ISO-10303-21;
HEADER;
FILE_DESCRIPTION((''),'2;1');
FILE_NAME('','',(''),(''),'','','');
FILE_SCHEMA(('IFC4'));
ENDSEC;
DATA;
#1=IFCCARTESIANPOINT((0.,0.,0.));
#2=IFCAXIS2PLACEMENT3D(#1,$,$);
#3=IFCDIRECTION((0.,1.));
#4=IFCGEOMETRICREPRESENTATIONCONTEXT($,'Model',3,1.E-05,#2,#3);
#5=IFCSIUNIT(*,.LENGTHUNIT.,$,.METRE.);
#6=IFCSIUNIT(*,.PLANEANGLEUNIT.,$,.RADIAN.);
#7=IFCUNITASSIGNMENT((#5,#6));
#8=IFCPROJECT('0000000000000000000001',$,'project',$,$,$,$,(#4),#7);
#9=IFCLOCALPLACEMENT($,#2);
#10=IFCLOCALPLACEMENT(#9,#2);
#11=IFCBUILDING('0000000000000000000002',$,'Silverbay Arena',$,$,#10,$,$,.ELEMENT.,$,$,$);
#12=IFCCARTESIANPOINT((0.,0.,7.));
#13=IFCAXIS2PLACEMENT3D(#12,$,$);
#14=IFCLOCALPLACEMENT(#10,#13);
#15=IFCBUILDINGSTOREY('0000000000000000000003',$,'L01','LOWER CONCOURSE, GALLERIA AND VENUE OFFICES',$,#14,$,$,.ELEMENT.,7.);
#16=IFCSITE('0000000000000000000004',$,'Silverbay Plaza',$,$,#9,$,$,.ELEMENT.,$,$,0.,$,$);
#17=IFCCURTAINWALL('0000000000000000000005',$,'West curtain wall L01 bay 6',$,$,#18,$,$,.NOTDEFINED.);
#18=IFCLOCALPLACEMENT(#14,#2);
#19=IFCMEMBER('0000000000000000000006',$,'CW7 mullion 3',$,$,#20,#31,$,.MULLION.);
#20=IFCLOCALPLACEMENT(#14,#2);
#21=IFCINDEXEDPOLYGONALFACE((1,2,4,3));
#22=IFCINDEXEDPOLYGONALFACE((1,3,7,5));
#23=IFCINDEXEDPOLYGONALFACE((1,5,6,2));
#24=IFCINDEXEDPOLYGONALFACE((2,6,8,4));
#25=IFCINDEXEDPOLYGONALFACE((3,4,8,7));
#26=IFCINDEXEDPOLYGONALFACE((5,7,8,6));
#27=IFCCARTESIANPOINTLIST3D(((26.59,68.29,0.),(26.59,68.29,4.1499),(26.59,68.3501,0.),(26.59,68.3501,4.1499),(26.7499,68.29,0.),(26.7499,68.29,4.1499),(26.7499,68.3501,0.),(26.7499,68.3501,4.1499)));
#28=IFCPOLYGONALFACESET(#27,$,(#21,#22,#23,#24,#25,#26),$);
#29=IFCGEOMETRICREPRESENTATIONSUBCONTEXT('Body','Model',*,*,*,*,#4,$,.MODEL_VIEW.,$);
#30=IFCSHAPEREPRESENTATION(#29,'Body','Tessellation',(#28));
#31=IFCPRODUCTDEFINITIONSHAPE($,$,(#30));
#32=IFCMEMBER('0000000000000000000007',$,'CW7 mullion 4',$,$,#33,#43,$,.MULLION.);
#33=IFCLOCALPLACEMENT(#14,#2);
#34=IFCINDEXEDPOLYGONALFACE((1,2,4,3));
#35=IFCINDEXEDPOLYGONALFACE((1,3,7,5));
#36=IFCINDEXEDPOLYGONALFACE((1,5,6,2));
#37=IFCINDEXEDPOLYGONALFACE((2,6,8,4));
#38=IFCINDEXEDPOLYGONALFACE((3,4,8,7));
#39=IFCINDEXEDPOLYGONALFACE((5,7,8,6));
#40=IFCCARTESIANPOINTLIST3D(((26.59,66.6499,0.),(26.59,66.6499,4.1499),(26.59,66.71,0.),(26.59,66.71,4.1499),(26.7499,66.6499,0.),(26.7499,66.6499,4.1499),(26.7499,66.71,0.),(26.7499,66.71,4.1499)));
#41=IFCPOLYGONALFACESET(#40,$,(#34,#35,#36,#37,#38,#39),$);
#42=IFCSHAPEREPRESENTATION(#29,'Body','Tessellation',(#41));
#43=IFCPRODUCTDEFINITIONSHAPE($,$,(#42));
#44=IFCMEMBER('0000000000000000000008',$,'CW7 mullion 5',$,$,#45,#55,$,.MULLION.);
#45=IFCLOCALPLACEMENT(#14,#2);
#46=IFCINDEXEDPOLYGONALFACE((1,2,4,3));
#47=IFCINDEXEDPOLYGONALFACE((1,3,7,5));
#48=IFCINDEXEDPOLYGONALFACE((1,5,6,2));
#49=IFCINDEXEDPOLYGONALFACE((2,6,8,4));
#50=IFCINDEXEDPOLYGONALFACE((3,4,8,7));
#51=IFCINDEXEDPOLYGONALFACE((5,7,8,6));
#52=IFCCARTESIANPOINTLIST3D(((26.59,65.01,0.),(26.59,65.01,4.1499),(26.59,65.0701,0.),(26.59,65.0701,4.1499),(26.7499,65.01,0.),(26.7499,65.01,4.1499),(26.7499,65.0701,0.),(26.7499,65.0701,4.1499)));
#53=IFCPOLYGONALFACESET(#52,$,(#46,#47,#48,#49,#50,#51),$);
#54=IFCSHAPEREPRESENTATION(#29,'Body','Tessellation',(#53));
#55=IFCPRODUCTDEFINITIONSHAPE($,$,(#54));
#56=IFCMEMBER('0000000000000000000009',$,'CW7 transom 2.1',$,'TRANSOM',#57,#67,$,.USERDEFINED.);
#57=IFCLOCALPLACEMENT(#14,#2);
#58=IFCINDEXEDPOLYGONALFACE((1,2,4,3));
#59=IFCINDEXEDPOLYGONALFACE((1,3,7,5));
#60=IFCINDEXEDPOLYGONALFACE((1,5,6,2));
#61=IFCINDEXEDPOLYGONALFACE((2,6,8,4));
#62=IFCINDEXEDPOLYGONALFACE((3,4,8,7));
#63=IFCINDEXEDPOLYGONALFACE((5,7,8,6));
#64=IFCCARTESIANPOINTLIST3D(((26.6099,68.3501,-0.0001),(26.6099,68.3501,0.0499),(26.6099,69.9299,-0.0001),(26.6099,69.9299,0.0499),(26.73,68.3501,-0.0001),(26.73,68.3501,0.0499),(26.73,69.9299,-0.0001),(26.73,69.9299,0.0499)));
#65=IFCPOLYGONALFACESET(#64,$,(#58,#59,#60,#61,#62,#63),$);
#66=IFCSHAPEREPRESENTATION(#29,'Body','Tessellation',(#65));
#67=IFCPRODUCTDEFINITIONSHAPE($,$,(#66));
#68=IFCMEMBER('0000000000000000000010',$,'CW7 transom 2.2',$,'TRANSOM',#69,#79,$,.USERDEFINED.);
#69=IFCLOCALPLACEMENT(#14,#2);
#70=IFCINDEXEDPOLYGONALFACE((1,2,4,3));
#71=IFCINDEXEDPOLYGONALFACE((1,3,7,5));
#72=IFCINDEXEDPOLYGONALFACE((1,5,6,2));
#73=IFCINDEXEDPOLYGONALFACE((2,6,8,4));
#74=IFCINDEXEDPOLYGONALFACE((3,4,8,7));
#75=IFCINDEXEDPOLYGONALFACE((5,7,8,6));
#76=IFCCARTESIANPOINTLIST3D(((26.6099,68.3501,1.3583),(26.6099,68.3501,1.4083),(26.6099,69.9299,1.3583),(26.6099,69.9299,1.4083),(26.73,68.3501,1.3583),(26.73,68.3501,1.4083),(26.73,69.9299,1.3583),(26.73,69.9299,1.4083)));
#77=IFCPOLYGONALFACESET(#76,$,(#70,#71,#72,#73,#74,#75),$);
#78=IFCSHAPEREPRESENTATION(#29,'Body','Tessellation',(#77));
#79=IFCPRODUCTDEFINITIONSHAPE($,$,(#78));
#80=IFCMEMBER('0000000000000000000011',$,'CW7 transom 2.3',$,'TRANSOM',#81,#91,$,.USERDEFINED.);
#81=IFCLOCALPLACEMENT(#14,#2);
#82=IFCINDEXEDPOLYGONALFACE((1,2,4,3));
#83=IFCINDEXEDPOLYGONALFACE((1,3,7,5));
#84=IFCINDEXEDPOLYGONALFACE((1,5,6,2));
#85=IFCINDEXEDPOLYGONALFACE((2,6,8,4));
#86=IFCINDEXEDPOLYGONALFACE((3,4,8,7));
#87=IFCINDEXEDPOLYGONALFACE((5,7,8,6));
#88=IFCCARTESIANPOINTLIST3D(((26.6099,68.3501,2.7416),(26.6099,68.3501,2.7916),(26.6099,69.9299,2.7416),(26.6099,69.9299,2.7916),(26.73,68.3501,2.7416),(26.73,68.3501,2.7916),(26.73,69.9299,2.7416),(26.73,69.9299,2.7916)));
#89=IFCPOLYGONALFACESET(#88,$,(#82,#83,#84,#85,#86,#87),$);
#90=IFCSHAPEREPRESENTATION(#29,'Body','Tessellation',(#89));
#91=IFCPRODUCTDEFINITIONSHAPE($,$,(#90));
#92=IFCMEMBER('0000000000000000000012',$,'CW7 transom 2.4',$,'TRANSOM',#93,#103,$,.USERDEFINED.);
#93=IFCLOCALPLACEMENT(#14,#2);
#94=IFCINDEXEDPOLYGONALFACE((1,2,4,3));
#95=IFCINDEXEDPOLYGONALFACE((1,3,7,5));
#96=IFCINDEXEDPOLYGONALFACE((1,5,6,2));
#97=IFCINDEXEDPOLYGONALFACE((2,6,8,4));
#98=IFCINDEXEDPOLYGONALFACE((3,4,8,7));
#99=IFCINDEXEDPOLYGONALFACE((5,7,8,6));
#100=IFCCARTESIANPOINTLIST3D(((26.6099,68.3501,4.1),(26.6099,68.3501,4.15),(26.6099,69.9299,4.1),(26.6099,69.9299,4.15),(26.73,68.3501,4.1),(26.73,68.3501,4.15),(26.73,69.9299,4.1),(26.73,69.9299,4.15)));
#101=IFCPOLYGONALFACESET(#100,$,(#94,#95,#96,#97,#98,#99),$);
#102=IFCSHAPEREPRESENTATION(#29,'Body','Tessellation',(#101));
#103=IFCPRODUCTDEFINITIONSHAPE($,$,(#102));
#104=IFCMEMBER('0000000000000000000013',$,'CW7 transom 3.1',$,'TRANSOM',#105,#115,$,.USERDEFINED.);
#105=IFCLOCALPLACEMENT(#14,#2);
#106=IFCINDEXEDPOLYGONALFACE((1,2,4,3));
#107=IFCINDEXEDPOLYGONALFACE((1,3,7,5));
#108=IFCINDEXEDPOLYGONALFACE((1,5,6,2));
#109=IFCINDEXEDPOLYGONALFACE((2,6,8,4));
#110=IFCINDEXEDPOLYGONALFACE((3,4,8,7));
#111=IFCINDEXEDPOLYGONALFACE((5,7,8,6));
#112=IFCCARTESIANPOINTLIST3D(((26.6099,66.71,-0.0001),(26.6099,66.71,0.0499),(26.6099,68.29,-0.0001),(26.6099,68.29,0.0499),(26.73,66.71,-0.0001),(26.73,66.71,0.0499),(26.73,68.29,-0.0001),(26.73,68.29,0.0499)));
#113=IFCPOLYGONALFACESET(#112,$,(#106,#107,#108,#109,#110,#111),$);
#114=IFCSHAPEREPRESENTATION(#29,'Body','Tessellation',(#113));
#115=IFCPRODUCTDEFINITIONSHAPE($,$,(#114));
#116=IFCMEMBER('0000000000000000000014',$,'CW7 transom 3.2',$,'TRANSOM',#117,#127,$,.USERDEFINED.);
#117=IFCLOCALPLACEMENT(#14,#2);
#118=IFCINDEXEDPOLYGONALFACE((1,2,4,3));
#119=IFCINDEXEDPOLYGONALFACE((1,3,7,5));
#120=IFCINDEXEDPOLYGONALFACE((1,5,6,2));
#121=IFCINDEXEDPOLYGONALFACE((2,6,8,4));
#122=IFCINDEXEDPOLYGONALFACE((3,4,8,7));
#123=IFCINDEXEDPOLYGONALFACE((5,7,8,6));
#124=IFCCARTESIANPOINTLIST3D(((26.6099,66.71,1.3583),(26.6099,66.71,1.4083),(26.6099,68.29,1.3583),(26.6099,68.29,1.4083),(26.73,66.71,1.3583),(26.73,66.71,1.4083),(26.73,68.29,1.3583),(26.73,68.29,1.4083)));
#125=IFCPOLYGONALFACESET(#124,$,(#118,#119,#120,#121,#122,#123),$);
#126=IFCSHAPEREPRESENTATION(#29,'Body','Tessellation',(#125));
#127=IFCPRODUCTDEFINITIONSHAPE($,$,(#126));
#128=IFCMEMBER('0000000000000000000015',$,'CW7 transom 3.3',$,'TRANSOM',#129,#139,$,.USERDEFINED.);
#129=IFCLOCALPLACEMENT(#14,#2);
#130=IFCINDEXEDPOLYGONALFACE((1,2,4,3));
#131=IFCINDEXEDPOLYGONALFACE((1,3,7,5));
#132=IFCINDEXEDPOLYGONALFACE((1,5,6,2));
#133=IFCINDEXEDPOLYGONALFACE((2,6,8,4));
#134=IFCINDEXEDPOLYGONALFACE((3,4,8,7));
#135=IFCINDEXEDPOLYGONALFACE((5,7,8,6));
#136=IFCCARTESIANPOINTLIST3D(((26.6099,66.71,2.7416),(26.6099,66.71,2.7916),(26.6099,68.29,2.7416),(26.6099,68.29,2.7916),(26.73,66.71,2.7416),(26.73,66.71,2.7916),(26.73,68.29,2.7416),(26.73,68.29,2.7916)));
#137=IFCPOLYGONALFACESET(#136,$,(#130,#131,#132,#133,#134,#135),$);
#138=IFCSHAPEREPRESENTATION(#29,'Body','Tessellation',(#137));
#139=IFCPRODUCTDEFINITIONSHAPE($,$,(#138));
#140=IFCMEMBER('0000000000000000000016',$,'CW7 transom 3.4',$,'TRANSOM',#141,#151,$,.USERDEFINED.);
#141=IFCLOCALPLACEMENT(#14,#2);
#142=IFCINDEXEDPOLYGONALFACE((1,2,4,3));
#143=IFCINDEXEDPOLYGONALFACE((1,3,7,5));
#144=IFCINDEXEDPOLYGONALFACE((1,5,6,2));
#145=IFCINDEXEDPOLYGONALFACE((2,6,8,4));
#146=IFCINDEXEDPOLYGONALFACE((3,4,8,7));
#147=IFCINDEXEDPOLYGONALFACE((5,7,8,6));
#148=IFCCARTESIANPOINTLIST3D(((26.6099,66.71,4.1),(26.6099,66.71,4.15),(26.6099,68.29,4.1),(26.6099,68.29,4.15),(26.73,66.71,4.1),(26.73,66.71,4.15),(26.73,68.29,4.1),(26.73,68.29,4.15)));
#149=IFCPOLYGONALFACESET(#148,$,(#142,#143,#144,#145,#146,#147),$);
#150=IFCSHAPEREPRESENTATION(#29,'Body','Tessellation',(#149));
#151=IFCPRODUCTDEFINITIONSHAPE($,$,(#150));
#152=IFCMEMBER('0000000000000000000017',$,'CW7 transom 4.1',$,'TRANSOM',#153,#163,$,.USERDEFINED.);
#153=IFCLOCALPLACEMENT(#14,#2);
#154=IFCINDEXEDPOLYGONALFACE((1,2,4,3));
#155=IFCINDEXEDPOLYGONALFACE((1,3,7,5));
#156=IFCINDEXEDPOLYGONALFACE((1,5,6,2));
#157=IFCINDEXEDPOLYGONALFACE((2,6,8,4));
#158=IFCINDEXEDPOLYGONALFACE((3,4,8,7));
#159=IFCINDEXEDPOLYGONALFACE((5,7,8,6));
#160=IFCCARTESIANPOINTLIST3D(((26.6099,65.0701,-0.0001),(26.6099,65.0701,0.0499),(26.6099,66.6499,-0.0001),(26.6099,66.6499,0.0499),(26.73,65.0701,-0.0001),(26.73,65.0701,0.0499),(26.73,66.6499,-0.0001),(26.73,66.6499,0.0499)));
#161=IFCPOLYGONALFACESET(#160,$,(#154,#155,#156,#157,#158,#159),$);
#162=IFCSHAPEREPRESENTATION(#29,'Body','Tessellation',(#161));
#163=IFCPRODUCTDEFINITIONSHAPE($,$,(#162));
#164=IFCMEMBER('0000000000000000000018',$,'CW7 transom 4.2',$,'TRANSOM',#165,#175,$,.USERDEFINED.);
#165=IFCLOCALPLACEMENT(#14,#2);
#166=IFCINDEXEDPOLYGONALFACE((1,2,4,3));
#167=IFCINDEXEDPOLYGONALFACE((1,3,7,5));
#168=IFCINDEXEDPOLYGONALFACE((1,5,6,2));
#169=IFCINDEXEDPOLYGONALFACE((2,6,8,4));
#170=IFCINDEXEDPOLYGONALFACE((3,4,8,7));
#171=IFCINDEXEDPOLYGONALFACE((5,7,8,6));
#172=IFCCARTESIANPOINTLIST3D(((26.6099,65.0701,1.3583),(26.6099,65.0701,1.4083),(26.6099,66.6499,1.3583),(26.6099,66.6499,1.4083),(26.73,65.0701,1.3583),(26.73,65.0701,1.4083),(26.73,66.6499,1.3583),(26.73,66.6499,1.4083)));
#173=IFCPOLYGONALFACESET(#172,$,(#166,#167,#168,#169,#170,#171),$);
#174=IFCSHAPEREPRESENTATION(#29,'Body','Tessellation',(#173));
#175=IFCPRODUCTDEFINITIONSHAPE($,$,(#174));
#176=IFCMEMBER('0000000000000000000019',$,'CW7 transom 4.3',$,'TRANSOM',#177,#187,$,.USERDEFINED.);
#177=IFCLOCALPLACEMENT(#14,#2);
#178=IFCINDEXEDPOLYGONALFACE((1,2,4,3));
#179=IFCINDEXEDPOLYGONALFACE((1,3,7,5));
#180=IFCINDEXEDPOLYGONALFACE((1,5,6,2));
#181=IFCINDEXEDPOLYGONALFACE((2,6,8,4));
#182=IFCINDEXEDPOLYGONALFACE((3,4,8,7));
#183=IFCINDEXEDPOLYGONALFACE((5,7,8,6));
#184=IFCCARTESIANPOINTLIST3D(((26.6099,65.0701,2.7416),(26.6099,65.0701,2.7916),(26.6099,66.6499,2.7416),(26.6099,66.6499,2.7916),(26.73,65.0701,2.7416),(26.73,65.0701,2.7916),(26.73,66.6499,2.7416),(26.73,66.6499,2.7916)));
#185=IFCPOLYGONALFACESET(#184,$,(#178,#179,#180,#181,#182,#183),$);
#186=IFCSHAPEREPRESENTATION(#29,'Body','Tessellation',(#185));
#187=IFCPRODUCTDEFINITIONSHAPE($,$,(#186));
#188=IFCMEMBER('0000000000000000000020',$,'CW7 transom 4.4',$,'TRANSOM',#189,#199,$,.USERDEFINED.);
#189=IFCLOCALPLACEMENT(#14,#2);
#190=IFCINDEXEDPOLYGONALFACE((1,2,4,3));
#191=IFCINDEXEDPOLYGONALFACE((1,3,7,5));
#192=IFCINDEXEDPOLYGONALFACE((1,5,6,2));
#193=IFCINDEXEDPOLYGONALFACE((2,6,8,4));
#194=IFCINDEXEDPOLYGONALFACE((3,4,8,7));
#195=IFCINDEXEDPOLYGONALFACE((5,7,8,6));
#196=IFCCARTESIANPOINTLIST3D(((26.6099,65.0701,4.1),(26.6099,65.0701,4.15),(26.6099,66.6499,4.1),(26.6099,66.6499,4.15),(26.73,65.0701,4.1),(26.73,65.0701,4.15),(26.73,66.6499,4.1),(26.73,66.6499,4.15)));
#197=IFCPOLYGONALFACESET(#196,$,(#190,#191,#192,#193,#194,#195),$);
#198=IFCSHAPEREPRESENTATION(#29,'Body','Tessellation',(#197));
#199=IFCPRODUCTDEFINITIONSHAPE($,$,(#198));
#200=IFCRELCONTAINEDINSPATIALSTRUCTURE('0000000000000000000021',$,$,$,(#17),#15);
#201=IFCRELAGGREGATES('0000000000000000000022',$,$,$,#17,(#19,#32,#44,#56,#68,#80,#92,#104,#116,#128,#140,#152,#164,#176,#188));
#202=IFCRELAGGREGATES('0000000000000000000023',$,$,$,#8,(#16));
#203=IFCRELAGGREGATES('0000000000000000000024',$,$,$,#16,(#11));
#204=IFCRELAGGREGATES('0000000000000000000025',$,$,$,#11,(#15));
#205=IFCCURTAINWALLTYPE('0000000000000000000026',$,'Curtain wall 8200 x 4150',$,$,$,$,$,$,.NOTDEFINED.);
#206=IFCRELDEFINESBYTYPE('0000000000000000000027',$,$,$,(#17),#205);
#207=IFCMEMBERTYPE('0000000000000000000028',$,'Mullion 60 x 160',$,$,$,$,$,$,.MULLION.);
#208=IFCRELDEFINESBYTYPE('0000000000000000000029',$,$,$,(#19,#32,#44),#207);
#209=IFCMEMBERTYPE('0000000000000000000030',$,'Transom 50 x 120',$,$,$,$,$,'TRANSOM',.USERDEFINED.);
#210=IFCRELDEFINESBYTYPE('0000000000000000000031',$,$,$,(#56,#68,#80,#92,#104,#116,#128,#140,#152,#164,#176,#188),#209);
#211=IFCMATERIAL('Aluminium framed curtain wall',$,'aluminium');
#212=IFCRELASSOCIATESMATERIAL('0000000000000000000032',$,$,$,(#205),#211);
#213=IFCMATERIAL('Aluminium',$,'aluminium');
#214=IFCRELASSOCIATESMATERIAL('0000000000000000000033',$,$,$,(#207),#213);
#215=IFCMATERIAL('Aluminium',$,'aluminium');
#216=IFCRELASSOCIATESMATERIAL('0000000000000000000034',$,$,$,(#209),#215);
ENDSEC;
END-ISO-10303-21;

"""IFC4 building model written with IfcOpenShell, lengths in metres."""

from ifc_helpers import new_model, si_unit, direction, frame, origin, origin_2d, place, context, subcontext, project, spatial, rectangle, extrude, material, material_profile, profile_set, type_object, element, aggregate, save


model = new_model("IFC4")

# Units and contexts
model_context = context("Model", 3, precision=1e-05, world=origin(), true_north=direction((0.0, 1.0)))
body_context = subcontext(model_context, "Body", "Model", "MODEL_VIEW")
ifc_project = project(units=[si_unit("LENGTHUNIT", "METRE"), si_unit("PLANEANGLEUNIT", "RADIAN")], contexts=[model_context])

# Site, building, storey
site_placement = place(None, origin())
site = spatial("IfcSite", under=ifc_project, at=site_placement, Name="Silverbay Plaza", CompositionType="ELEMENT", RefElevation=0.0)
building_placement = place(site_placement, origin())
building = spatial("IfcBuilding", under=site, at=building_placement, Name="Silverbay Arena", CompositionType="ELEMENT")
storey_placement = place(building_placement, frame((0.0, 0.0, 7.0)))
storey = spatial("IfcBuildingStorey", under=building, at=storey_placement, Name="L01", Description="LOWER CONCOURSE, GALLERIA AND VENUE OFFICES", CompositionType="ELEMENT", Elevation=7.0)

# Curtain wall, members
ifc_material_1 = material(Name="Aluminium framed curtain wall", Category="aluminium")
curtain_wall_type = type_object("IfcCurtainWallType", Name="Curtain wall 8200 x 4150", PredefinedType="NOTDEFINED", material=ifc_material_1)
curtain_wall_placement = place(storey_placement, origin())
curtain_wall = element("IfcCurtainWall", 1, at=curtain_wall_placement, inside=storey, type_object=curtain_wall_type, Name="West curtain wall L01 bay 6", PredefinedType="NOTDEFINED")
ifc_material_2 = material(Name="Aluminium", Category="aluminium")
ifc_material_profile_1 = material_profile(ifc_material_2, rectangle(XDim=0.1599, YDim=0.0601, at=origin_2d()), Name="Mullion 60 x 160")
ifc_profile_set_1 = profile_set([ifc_material_profile_1], Name="Aluminium")
member_type_1 = type_object("IfcMemberType", Name="Mullion 60 x 160", PredefinedType="MULLION", material=ifc_profile_set_1)
member_1_placement = place(storey_placement, frame((26.6699, 68.3201, 0.0), z_axis=(0.0, 0.0, 1.0), x_axis=(1.0, 0.0, 0.0)))
member_1 = element("IfcMember", 2, at=member_1_placement, type_object=member_type_1, Name="CW7 mullion 3", PredefinedType="MULLION", context=body_context, shape_type="SweptSolid", body=[
    extrude(rectangle(XDim=0.1599, YDim=0.0601, at=origin_2d()), origin(), (0.0, 0.0, 1.0), 4.1499),
])
member_2_placement = place(storey_placement, frame((26.6699, 66.6799, 0.0), z_axis=(0.0, 0.0, 1.0), x_axis=(1.0, 0.0, 0.0)))
member_2 = element("IfcMember", 3, at=member_2_placement, type_object=member_type_1, Name="CW7 mullion 4", PredefinedType="MULLION", context=body_context, shape_type="SweptSolid", body=[
    extrude(rectangle(XDim=0.1599, YDim=0.0601, at=origin_2d()), origin(), (0.0, 0.0, 1.0), 4.1499),
])
member_3_placement = place(storey_placement, frame((26.6699, 65.04, 0.0), z_axis=(0.0, 0.0, 1.0), x_axis=(1.0, 0.0, 0.0)))
member_3 = element("IfcMember", 4, at=member_3_placement, type_object=member_type_1, Name="CW7 mullion 5", PredefinedType="MULLION", context=body_context, shape_type="SweptSolid", body=[
    extrude(rectangle(XDim=0.1599, YDim=0.0601, at=origin_2d()), origin(), (0.0, 0.0, 1.0), 4.1499),
])
ifc_material_3 = material(Name="Aluminium", Category="aluminium")
ifc_material_profile_2 = material_profile(ifc_material_3, rectangle(XDim=0.1201, YDim=0.05, at=origin_2d()), Name="Transom 50 x 120")
ifc_profile_set_2 = profile_set([ifc_material_profile_2], Name="Aluminium")
member_type_2 = type_object("IfcMemberType", Name="Transom 50 x 120", ElementType="TRANSOM", PredefinedType="USERDEFINED", material=ifc_profile_set_2)
member_4_placement = place(storey_placement, frame((26.6699, 69.9299, 0.0249), z_axis=(0.0, -1.0, 0.0), x_axis=(1.0, 0.0, 0.0)))
member_4 = element("IfcMember", 5, at=member_4_placement, type_object=member_type_2, Name="CW7 transom 2.1", ObjectType="TRANSOM", PredefinedType="USERDEFINED", context=body_context, shape_type="SweptSolid", body=[
    extrude(rectangle(XDim=0.1201, YDim=0.05, at=origin_2d()), origin(), (0.0, 0.0, 1.0), 1.5798),
])
member_5_placement = place(storey_placement, frame((26.6699, 69.9299, 1.3833), z_axis=(0.0, -1.0, 0.0), x_axis=(1.0, 0.0, 0.0)))
member_5 = element("IfcMember", 6, at=member_5_placement, type_object=member_type_2, Name="CW7 transom 2.2", ObjectType="TRANSOM", PredefinedType="USERDEFINED", context=body_context, shape_type="SweptSolid", body=[
    extrude(rectangle(XDim=0.1201, YDim=0.05, at=origin_2d()), origin(), (0.0, 0.0, 1.0), 1.5798),
])
member_6_placement = place(storey_placement, frame((26.6699, 69.9299, 2.7666), z_axis=(0.0, -1.0, 0.0), x_axis=(1.0, 0.0, 0.0)))
member_6 = element("IfcMember", 7, at=member_6_placement, type_object=member_type_2, Name="CW7 transom 2.3", ObjectType="TRANSOM", PredefinedType="USERDEFINED", context=body_context, shape_type="SweptSolid", body=[
    extrude(rectangle(XDim=0.1201, YDim=0.05, at=origin_2d()), origin(), (0.0, 0.0, 1.0), 1.5798),
])
member_7_placement = place(storey_placement, frame((26.6699, 69.9299, 4.125), z_axis=(0.0, -1.0, 0.0), x_axis=(1.0, 0.0, 0.0)))
member_7 = element("IfcMember", 8, at=member_7_placement, type_object=member_type_2, Name="CW7 transom 2.4", ObjectType="TRANSOM", PredefinedType="USERDEFINED", context=body_context, shape_type="SweptSolid", body=[
    extrude(rectangle(XDim=0.1201, YDim=0.05, at=origin_2d()), origin(), (0.0, 0.0, 1.0), 1.5798),
])
member_8_placement = place(storey_placement, frame((26.6699, 68.29, 0.0249), z_axis=(0.0, -1.0, 0.0), x_axis=(1.0, 0.0, 0.0)))
member_8 = element("IfcMember", 9, at=member_8_placement, type_object=member_type_2, Name="CW7 transom 3.1", ObjectType="TRANSOM", PredefinedType="USERDEFINED", context=body_context, shape_type="SweptSolid", body=[
    extrude(rectangle(XDim=0.1201, YDim=0.05, at=origin_2d()), origin(), (0.0, 0.0, 1.0), 1.5801),
])
member_9_placement = place(storey_placement, frame((26.6699, 68.29, 1.3833), z_axis=(0.0, -1.0, 0.0), x_axis=(1.0, 0.0, 0.0)))
member_9 = element("IfcMember", 10, at=member_9_placement, type_object=member_type_2, Name="CW7 transom 3.2", ObjectType="TRANSOM", PredefinedType="USERDEFINED", context=body_context, shape_type="SweptSolid", body=[
    extrude(rectangle(XDim=0.1201, YDim=0.05, at=origin_2d()), origin(), (0.0, 0.0, 1.0), 1.5801),
])
member_10_placement = place(storey_placement, frame((26.6699, 68.29, 2.7666), z_axis=(0.0, -1.0, 0.0), x_axis=(1.0, 0.0, 0.0)))
member_10 = element("IfcMember", 11, at=member_10_placement, type_object=member_type_2, Name="CW7 transom 3.3", ObjectType="TRANSOM", PredefinedType="USERDEFINED", context=body_context, shape_type="SweptSolid", body=[
    extrude(rectangle(XDim=0.1201, YDim=0.05, at=origin_2d()), origin(), (0.0, 0.0, 1.0), 1.5801),
])
member_11_placement = place(storey_placement, frame((26.6699, 68.29, 4.125), z_axis=(0.0, -1.0, 0.0), x_axis=(1.0, 0.0, 0.0)))
member_11 = element("IfcMember", 12, at=member_11_placement, type_object=member_type_2, Name="CW7 transom 3.4", ObjectType="TRANSOM", PredefinedType="USERDEFINED", context=body_context, shape_type="SweptSolid", body=[
    extrude(rectangle(XDim=0.1201, YDim=0.05, at=origin_2d()), origin(), (0.0, 0.0, 1.0), 1.5801),
])
member_12_placement = place(storey_placement, frame((26.6699, 66.6499, 0.0249), z_axis=(0.0, -1.0, 0.0), x_axis=(1.0, 0.0, 0.0)))
member_12 = element("IfcMember", 13, at=member_12_placement, type_object=member_type_2, Name="CW7 transom 4.1", ObjectType="TRANSOM", PredefinedType="USERDEFINED", context=body_context, shape_type="SweptSolid", body=[
    extrude(rectangle(XDim=0.1201, YDim=0.05, at=origin_2d()), origin(), (0.0, 0.0, 1.0), 1.5798),
])
member_13_placement = place(storey_placement, frame((26.6699, 66.6499, 1.3833), z_axis=(0.0, -1.0, 0.0), x_axis=(1.0, 0.0, 0.0)))
member_13 = element("IfcMember", 14, at=member_13_placement, type_object=member_type_2, Name="CW7 transom 4.2", ObjectType="TRANSOM", PredefinedType="USERDEFINED", context=body_context, shape_type="SweptSolid", body=[
    extrude(rectangle(XDim=0.1201, YDim=0.05, at=origin_2d()), origin(), (0.0, 0.0, 1.0), 1.5798),
])
member_14_placement = place(storey_placement, frame((26.6699, 66.6499, 2.7666), z_axis=(0.0, -1.0, 0.0), x_axis=(1.0, 0.0, 0.0)))
member_14 = element("IfcMember", 15, at=member_14_placement, type_object=member_type_2, Name="CW7 transom 4.3", ObjectType="TRANSOM", PredefinedType="USERDEFINED", context=body_context, shape_type="SweptSolid", body=[
    extrude(rectangle(XDim=0.1201, YDim=0.05, at=origin_2d()), origin(), (0.0, 0.0, 1.0), 1.5798),
])
member_15_placement = place(storey_placement, frame((26.6699, 66.6499, 4.125), z_axis=(0.0, -1.0, 0.0), x_axis=(1.0, 0.0, 0.0)))
member_15 = element("IfcMember", 16, at=member_15_placement, type_object=member_type_2, Name="CW7 transom 4.4", ObjectType="TRANSOM", PredefinedType="USERDEFINED", context=body_context, shape_type="SweptSolid", body=[
    extrude(rectangle(XDim=0.1201, YDim=0.05, at=origin_2d()), origin(), (0.0, 0.0, 1.0), 1.5798),
])
aggregate(curtain_wall, [member_1, member_2, member_3, member_4, member_5, member_6, member_7, member_8, member_9, member_10, member_11, member_12, member_13, member_14, member_15])

save(model, "model.ifc")
